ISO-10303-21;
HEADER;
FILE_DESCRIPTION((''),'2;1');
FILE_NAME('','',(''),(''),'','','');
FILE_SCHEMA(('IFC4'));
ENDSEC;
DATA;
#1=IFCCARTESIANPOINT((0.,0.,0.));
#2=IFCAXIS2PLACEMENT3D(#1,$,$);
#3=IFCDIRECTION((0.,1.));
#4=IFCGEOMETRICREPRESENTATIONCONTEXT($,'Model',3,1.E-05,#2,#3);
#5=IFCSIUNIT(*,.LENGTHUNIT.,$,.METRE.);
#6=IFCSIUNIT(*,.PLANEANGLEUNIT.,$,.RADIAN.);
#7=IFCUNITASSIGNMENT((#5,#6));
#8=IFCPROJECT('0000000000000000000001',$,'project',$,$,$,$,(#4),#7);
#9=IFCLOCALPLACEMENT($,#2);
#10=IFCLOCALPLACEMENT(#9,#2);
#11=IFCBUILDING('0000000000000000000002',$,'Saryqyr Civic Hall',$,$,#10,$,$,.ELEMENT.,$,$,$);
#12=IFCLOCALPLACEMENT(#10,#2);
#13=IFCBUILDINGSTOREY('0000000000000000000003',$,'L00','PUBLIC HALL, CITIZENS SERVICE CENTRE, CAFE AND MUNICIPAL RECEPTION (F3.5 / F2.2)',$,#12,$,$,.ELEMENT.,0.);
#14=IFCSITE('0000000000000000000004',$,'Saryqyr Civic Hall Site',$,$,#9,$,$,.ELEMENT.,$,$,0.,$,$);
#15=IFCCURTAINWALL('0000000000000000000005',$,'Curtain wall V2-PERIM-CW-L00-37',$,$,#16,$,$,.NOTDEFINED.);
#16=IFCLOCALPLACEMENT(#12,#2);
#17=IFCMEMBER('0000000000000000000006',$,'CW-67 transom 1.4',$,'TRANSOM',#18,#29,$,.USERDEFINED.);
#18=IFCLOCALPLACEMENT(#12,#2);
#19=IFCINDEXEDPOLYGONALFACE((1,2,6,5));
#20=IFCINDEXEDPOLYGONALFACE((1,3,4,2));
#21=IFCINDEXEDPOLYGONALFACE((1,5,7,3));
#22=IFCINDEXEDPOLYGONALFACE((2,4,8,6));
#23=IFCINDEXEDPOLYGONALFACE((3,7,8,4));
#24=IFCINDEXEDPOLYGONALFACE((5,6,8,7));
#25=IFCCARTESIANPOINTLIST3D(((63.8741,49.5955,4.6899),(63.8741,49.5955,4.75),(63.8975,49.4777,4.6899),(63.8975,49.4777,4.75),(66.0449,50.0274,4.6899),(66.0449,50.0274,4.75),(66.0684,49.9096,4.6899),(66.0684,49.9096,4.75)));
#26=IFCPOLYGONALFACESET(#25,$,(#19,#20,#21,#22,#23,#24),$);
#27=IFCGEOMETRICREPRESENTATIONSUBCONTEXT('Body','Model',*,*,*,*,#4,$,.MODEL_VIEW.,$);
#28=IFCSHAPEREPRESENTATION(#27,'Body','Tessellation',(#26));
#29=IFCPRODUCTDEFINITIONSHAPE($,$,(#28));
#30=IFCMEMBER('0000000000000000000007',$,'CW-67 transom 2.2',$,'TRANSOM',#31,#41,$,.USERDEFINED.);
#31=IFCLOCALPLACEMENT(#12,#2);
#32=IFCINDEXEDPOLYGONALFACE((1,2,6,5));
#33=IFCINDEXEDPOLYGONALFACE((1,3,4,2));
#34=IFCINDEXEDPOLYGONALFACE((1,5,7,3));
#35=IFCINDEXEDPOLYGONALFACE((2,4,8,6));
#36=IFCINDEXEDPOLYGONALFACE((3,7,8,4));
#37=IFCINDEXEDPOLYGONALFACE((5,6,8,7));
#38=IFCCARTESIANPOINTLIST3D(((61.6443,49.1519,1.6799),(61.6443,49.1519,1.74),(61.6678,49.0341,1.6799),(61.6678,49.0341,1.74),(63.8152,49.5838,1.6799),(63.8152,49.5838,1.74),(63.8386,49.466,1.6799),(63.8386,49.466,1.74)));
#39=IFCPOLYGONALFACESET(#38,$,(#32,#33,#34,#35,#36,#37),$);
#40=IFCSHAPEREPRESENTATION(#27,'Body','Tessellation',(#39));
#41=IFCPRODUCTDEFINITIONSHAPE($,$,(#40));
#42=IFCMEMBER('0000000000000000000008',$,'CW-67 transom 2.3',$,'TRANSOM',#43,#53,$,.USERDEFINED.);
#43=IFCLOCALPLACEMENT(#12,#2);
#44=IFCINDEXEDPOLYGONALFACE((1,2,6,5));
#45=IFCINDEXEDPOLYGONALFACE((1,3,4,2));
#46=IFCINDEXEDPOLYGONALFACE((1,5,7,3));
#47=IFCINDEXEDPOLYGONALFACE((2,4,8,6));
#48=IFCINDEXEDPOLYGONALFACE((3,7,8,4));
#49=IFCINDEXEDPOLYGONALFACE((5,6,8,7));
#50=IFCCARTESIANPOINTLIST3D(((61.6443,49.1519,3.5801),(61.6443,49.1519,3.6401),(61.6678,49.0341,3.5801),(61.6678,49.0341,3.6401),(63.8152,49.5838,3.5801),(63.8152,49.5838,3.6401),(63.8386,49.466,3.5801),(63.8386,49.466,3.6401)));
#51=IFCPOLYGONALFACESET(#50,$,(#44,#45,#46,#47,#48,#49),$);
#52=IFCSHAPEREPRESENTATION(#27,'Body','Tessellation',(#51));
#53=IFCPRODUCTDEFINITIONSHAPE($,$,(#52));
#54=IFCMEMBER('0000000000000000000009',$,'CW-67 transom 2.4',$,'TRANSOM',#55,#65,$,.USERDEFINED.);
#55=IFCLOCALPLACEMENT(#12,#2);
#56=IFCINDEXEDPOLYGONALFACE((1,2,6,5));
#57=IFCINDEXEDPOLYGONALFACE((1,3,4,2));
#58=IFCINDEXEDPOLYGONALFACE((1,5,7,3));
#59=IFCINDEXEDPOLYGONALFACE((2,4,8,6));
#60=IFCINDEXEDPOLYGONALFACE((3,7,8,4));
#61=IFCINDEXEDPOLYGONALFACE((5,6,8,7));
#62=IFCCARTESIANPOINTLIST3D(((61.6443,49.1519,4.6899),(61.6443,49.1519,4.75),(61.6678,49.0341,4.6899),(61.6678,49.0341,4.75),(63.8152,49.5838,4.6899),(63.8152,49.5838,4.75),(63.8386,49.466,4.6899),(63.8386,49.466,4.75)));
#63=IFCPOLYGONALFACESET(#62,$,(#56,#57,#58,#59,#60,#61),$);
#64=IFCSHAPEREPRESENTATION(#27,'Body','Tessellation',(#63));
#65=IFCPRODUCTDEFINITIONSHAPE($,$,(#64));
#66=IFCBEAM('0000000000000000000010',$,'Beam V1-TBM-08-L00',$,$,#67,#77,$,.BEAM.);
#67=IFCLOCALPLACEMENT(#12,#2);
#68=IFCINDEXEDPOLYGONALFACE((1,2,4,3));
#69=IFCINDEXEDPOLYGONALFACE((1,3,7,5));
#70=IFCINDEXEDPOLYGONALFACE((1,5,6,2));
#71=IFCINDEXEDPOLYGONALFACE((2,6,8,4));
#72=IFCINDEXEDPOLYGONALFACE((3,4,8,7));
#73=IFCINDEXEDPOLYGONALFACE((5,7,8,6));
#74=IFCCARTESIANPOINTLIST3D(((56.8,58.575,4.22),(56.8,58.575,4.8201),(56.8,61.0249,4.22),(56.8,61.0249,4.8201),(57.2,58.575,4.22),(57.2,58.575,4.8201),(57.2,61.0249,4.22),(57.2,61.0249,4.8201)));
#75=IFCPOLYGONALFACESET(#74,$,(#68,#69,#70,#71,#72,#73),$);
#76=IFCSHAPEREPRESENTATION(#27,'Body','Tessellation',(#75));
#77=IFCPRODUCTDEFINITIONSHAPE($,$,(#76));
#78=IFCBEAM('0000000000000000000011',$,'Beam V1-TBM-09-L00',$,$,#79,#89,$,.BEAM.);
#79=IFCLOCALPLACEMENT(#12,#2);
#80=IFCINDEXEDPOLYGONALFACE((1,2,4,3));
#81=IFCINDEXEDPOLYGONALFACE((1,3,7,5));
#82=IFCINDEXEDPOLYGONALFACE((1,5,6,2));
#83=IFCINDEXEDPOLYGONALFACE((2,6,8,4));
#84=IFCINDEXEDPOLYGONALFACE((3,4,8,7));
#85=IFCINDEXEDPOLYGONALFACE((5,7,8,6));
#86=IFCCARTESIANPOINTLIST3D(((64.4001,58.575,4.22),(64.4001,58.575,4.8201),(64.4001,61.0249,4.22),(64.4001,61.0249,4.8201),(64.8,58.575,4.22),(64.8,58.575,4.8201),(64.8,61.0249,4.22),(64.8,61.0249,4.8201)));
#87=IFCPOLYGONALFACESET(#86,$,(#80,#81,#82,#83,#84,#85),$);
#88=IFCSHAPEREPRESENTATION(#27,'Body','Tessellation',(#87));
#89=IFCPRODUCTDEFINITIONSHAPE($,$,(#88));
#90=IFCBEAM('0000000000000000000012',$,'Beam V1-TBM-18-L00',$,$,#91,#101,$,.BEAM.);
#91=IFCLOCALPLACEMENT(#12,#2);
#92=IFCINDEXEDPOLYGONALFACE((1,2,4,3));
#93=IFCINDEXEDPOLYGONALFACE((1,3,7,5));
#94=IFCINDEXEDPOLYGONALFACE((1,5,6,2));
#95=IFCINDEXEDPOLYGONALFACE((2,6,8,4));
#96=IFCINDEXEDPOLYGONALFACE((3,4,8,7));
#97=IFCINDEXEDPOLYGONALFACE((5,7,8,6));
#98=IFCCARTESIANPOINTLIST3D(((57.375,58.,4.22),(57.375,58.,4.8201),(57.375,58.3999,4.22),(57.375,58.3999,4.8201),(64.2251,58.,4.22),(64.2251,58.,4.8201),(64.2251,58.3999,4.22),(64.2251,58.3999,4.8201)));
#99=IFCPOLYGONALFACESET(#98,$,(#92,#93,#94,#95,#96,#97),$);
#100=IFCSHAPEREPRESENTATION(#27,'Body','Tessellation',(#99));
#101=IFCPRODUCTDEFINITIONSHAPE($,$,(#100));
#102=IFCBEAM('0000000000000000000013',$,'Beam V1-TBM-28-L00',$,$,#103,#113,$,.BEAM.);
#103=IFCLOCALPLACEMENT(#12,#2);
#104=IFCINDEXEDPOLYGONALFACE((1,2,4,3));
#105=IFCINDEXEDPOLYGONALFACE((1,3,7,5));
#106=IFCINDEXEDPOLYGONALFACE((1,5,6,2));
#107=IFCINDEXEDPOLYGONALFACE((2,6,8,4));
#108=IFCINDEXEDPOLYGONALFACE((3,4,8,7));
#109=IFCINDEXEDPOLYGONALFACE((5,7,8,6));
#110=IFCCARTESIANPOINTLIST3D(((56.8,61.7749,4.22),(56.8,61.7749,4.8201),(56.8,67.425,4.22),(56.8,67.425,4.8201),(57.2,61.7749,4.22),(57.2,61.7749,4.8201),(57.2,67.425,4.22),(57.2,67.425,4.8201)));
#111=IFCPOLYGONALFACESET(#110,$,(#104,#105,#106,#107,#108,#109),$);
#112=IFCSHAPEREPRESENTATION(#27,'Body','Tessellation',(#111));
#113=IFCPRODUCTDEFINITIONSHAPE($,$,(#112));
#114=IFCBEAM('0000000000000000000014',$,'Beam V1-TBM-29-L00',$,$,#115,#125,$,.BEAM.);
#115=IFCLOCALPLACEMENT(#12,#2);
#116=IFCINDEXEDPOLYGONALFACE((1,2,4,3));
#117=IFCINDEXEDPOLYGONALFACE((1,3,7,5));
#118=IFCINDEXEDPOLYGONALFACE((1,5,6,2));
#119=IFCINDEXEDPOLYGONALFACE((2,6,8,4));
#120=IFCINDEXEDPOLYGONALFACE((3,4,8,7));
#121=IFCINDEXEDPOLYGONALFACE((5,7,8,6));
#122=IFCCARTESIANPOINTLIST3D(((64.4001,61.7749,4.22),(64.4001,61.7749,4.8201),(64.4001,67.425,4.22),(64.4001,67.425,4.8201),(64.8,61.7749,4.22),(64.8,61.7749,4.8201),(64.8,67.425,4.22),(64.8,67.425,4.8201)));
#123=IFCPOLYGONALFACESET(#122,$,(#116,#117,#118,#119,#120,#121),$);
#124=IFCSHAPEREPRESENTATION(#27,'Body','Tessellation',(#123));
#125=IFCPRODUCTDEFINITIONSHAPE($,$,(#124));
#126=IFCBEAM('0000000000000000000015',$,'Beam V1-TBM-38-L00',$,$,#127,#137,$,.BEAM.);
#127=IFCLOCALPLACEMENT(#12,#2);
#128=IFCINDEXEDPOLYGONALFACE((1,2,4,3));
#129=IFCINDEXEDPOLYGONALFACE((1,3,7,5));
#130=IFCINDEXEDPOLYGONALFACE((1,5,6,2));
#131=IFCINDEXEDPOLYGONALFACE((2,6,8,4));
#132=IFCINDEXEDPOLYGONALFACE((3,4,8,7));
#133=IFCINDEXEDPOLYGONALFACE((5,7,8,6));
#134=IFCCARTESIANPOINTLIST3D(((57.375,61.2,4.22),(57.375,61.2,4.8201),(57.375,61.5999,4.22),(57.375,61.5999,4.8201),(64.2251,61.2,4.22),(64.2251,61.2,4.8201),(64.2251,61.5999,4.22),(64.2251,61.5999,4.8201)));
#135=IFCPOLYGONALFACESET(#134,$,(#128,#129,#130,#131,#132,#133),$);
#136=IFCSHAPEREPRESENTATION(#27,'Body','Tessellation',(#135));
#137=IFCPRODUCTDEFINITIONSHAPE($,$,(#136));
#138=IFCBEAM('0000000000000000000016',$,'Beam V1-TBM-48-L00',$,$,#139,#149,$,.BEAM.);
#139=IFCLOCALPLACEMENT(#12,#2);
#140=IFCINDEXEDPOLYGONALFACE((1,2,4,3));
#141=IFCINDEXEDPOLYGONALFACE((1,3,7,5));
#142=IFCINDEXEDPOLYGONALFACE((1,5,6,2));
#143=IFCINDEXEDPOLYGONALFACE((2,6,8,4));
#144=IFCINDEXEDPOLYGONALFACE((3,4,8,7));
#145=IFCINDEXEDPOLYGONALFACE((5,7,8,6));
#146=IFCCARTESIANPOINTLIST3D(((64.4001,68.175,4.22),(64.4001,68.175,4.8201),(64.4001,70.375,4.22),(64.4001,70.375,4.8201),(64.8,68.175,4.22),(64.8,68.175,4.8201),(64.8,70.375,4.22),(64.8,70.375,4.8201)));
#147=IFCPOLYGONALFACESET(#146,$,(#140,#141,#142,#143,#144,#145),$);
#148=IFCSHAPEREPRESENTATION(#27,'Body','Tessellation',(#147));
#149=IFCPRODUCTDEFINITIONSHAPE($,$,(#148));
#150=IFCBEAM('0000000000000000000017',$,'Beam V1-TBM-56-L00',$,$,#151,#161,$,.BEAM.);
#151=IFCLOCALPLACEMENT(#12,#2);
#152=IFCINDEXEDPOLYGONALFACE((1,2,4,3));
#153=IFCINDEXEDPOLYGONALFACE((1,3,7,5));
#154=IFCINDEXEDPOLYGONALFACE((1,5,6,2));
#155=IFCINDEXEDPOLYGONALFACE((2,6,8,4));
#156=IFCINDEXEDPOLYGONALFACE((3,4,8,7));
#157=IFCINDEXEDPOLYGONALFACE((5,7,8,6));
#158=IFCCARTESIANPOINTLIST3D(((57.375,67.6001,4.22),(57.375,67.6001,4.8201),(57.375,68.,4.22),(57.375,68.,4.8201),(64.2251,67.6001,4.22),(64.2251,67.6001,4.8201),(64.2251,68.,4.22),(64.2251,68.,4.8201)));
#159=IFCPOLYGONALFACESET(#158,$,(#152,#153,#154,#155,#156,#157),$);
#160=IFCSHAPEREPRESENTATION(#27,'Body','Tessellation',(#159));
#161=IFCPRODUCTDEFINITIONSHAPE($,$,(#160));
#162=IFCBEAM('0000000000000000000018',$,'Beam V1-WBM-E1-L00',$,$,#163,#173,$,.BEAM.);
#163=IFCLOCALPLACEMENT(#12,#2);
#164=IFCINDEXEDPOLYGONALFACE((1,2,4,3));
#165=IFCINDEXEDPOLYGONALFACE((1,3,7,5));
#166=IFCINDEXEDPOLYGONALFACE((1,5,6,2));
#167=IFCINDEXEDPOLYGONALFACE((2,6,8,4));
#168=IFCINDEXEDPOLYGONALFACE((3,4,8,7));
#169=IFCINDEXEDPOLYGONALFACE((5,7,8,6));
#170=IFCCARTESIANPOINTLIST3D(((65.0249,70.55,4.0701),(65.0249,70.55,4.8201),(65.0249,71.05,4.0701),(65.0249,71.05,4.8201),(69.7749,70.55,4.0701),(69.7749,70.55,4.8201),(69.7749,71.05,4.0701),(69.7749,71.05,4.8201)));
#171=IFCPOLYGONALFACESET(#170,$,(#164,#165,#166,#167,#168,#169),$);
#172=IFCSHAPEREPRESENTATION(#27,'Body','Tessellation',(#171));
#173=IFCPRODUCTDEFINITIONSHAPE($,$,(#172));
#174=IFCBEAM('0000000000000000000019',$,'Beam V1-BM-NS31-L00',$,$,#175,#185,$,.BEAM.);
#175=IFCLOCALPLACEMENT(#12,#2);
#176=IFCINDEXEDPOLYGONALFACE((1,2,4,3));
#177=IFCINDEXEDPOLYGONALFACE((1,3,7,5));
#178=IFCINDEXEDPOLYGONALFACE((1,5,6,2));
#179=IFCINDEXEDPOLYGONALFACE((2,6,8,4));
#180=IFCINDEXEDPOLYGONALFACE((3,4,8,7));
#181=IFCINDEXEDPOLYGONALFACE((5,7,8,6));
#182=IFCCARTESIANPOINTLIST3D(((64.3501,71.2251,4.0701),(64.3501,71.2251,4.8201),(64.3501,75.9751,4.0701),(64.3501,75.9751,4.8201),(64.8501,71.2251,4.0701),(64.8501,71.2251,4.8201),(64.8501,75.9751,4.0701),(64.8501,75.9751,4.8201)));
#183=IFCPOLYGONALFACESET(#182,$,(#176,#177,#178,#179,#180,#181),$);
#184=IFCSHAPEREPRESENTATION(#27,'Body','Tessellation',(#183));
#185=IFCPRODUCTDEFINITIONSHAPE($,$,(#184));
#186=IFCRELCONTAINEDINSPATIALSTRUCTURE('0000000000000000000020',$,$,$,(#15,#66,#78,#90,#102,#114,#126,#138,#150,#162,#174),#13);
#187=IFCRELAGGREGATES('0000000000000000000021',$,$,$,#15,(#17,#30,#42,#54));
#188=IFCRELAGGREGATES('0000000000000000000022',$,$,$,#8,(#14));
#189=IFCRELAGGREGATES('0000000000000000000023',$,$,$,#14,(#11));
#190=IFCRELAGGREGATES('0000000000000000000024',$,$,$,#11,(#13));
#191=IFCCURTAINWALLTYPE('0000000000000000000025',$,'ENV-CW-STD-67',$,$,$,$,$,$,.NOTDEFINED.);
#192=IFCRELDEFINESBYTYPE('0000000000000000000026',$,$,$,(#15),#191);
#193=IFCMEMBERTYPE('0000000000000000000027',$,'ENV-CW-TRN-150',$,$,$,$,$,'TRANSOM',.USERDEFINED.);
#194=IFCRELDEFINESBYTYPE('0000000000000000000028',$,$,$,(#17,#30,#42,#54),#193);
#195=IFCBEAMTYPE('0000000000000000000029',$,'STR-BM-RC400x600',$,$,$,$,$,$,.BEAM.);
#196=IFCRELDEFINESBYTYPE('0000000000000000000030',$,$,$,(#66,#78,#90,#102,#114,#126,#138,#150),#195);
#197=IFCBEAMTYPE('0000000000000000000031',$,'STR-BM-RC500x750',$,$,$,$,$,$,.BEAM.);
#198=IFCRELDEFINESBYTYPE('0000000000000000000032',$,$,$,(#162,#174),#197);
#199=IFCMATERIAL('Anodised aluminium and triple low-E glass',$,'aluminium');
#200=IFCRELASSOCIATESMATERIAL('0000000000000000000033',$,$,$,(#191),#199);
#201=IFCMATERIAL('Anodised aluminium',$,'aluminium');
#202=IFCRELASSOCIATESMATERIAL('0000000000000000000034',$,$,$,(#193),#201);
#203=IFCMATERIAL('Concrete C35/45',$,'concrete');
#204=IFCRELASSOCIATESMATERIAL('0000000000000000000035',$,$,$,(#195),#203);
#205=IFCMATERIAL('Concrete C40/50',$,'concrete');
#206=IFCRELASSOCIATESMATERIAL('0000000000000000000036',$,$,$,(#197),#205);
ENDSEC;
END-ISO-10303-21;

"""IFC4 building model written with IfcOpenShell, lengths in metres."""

from ifc_helpers import new_model, si_unit, direction, frame, origin, origin_2d, place, context, subcontext, project, spatial, rectangle, extrude, material, material_profile, profile_set, type_object, element, aggregate, save


model = new_model("IFC4")

# Units and contexts
model_context = context("Model", 3, precision=1e-05, world=origin(), true_north=direction((0.0, 1.0)))
body_context = subcontext(model_context, "Body", "Model", "MODEL_VIEW")
ifc_project = project(units=[si_unit("LENGTHUNIT", "METRE"), si_unit("PLANEANGLEUNIT", "RADIAN")], contexts=[model_context])

# Site, building, storey
site_placement = place(None, origin())
site = spatial("IfcSite", under=ifc_project, at=site_placement, Name="Saryqyr Civic Hall Site", CompositionType="ELEMENT", RefElevation=0.0)
building_placement = place(site_placement, origin())
building = spatial("IfcBuilding", under=site, at=building_placement, Name="Saryqyr Civic Hall", CompositionType="ELEMENT")
storey_placement = place(building_placement, origin())
storey = spatial("IfcBuildingStorey", under=building, at=storey_placement, Name="L00", Description="PUBLIC HALL, CITIZENS SERVICE CENTRE, CAFE AND MUNICIPAL RECEPTION (F3.5 / F2.2)", CompositionType="ELEMENT", Elevation=0.0)

# Shared definitions
ifc_material_1 = material(Name="Concrete C40/50", Category="concrete")

# Shared definitions
ifc_material_2 = material(Name="Anodised aluminium and triple low-E glass", Category="aluminium")
ifc_material_3 = material(Name="Anodised aluminium", Category="aluminium")

# Curtain wall, members
curtain_wall_type_1 = type_object("IfcCurtainWallType", Name="ENV-CW-STD-67", PredefinedType="NOTDEFINED", material=ifc_material_2)
curtain_wall_1_placement = place(storey_placement, origin())
curtain_wall_1 = element("IfcCurtainWall", 1, at=curtain_wall_1_placement, inside=storey, type_object=curtain_wall_type_1, Name="Curtain wall V2-PERIM-CW-L00-37", PredefinedType="NOTDEFINED")
ifc_material_profile_1 = material_profile(ifc_material_3, rectangle(XDim=0.1201, YDim=0.0601, at=origin_2d()), Name="ALU TRANSOM 120x60")
ifc_profile_set_1 = profile_set([ifc_material_profile_1], Name="Anodised aluminium")
member_type_1 = type_object("IfcMemberType", Name="ENV-CW-TRN-150", ElementType="TRANSOM", PredefinedType="USERDEFINED", material=ifc_profile_set_1)
member_1_placement = place(storey_placement, frame((66.0566, 49.9685, 4.72), z_axis=(-0.98078, -0.195119, 0.0), x_axis=(0.195119, -0.98078, 0.0)))
member_1 = element("IfcMember", 2, at=member_1_placement, type_object=member_type_1, Name="CW-67 transom 1.4", ObjectType="TRANSOM", PredefinedType="USERDEFINED", context=body_context, shape_type="SweptSolid", body=[
    extrude(rectangle(XDim=0.1201, YDim=0.0601, at=origin_2d()), origin(), (0.0, 0.0, 1.0), 2.2134),
])
member_2_placement = place(storey_placement, frame((63.8269, 49.5249, 1.71), z_axis=(-0.98078, -0.195119, 0.0), x_axis=(0.195119, -0.98078, 0.0)))
member_2 = element("IfcMember", 3, at=member_2_placement, type_object=member_type_1, Name="CW-67 transom 2.2", ObjectType="TRANSOM", PredefinedType="USERDEFINED", context=body_context, shape_type="SweptSolid", body=[
    extrude(rectangle(XDim=0.1201, YDim=0.0601, at=origin_2d()), origin(), (0.0, 0.0, 1.0), 2.2134),
])
member_3_placement = place(storey_placement, frame((63.8269, 49.5249, 3.6101), z_axis=(-0.98078, -0.195119, 0.0), x_axis=(0.195119, -0.98078, 0.0)))
member_3 = element("IfcMember", 4, at=member_3_placement, type_object=member_type_1, Name="CW-67 transom 2.3", ObjectType="TRANSOM", PredefinedType="USERDEFINED", context=body_context, shape_type="SweptSolid", body=[
    extrude(rectangle(XDim=0.1201, YDim=0.0601, at=origin_2d()), origin(), (0.0, 0.0, 1.0), 2.2134),
])
member_4_placement = place(storey_placement, frame((63.8269, 49.5249, 4.72), z_axis=(-0.98078, -0.195119, 0.0), x_axis=(0.195119, -0.98078, 0.0)))
member_4 = element("IfcMember", 5, at=member_4_placement, type_object=member_type_1, Name="CW-67 transom 2.4", ObjectType="TRANSOM", PredefinedType="USERDEFINED", context=body_context, shape_type="SweptSolid", body=[
    extrude(rectangle(XDim=0.1201, YDim=0.0601, at=origin_2d()), origin(), (0.0, 0.0, 1.0), 2.2134),
])

# Beams
ifc_material_4 = material(Name="Concrete C35/45", Category="concrete")
ifc_material_profile_2 = material_profile(ifc_material_4, rectangle(XDim=0.3999, YDim=0.6001, at=origin_2d()), Name="RC 400x600")
ifc_profile_set_2 = profile_set([ifc_material_profile_2], Name="Concrete C35/45")
beam_type_1 = type_object("IfcBeamType", Name="STR-BM-RC400x600", PredefinedType="BEAM", material=ifc_profile_set_2)
for number, where, z_axis, x_axis, name in (
    (6, (57.0, 58.575, 4.52), (0.0, 1.0, 0.0), (-1.0, 0.0, 0.0), "Beam V1-TBM-08-L00"),
    (7, (64.6001, 58.575, 4.52), (0.0, 1.0, 0.0), (-1.0, 0.0, 0.0), "Beam V1-TBM-09-L00"),
):
    element("IfcBeam", number, at=place(storey_placement, frame(where, z_axis=z_axis, x_axis=x_axis)), inside=storey, type_object=beam_type_1, Name=name, PredefinedType="BEAM", context=body_context, shape_type="SweptSolid", body=[
        extrude(rectangle(XDim=0.3999, YDim=0.6001, at=origin_2d()), origin(), (0.0, 0.0, 1.0), 2.45),
    ])
beam_1_placement = place(storey_placement, frame((57.375, 58.2, 4.52), z_axis=(1.0, 0.0, 0.0), x_axis=(0.0, 1.0, 0.0)))
element("IfcBeam", 8, at=beam_1_placement, inside=storey, type_object=beam_type_1, Name="Beam V1-TBM-18-L00", PredefinedType="BEAM", context=body_context, shape_type="SweptSolid", body=[
    extrude(rectangle(XDim=0.3999, YDim=0.6001, at=origin_2d()), origin(), (0.0, 0.0, 1.0), 6.8501),
])
for number, where, z_axis, x_axis, name in (
    (9, (57.0, 61.7749, 4.52), (0.0, 1.0, 0.0), (-1.0, 0.0, 0.0), "Beam V1-TBM-28-L00"),
    (10, (64.6001, 61.7749, 4.52), (0.0, 1.0, 0.0), (-1.0, 0.0, 0.0), "Beam V1-TBM-29-L00"),
):
    element("IfcBeam", number, at=place(storey_placement, frame(where, z_axis=z_axis, x_axis=x_axis)), inside=storey, type_object=beam_type_1, Name=name, PredefinedType="BEAM", context=body_context, shape_type="SweptSolid", body=[
        extrude(rectangle(XDim=0.3999, YDim=0.6001, at=origin_2d()), origin(), (0.0, 0.0, 1.0), 5.6501),
    ])
beam_2_placement = place(storey_placement, frame((57.375, 61.3999, 4.52), z_axis=(1.0, 0.0, 0.0), x_axis=(0.0, 1.0, 0.0)))
element("IfcBeam", 11, at=beam_2_placement, inside=storey, type_object=beam_type_1, Name="Beam V1-TBM-38-L00", PredefinedType="BEAM", context=body_context, shape_type="SweptSolid", body=[
    extrude(rectangle(XDim=0.3999, YDim=0.6001, at=origin_2d()), origin(), (0.0, 0.0, 1.0), 6.8501),
])
beam_3_placement = place(storey_placement, frame((64.6001, 68.175, 4.52), z_axis=(0.0, 1.0, 0.0), x_axis=(-1.0, 0.0, 0.0)))
element("IfcBeam", 12, at=beam_3_placement, inside=storey, type_object=beam_type_1, Name="Beam V1-TBM-48-L00", PredefinedType="BEAM", context=body_context, shape_type="SweptSolid", body=[
    extrude(rectangle(XDim=0.3999, YDim=0.6001, at=origin_2d()), origin(), (0.0, 0.0, 1.0), 2.2),
])
beam_4_placement = place(storey_placement, frame((57.375, 67.8, 4.52), z_axis=(1.0, 0.0, 0.0), x_axis=(0.0, 1.0, 0.0)))
element("IfcBeam", 13, at=beam_4_placement, inside=storey, type_object=beam_type_1, Name="Beam V1-TBM-56-L00", PredefinedType="BEAM", context=body_context, shape_type="SweptSolid", body=[
    extrude(rectangle(XDim=0.3999, YDim=0.6001, at=origin_2d()), origin(), (0.0, 0.0, 1.0), 6.8501),
])
ifc_material_profile_3 = material_profile(ifc_material_1, rectangle(XDim=0.5, YDim=0.75, at=origin_2d()), Name="RC 500x750")
ifc_profile_set_3 = profile_set([ifc_material_profile_3], Name="Concrete C40/50")
beam_type_2 = type_object("IfcBeamType", Name="STR-BM-RC500x750", PredefinedType="BEAM", material=ifc_profile_set_3)
for number, where, z_axis, x_axis, name in (
    (14, (65.0249, 70.8, 4.4451), (1.0, 0.0, 0.0), (0.0, 1.0, 0.0), "Beam V1-WBM-E1-L00"),
    (15, (64.6001, 71.2251, 4.4451), (0.0, 1.0, 0.0), (-1.0, 0.0, 0.0), "Beam V1-BM-NS31-L00"),
):
    element("IfcBeam", number, at=place(storey_placement, frame(where, z_axis=z_axis, x_axis=x_axis)), inside=storey, type_object=beam_type_2, Name=name, PredefinedType="BEAM", context=body_context, shape_type="SweptSolid", body=[
        extrude(rectangle(XDim=0.5, YDim=0.75, at=origin_2d()), origin(), (0.0, 0.0, 1.0), 4.75),
    ])

aggregate(curtain_wall_1, [member_1, member_2, member_3, member_4])

save(model, "model.ifc")
